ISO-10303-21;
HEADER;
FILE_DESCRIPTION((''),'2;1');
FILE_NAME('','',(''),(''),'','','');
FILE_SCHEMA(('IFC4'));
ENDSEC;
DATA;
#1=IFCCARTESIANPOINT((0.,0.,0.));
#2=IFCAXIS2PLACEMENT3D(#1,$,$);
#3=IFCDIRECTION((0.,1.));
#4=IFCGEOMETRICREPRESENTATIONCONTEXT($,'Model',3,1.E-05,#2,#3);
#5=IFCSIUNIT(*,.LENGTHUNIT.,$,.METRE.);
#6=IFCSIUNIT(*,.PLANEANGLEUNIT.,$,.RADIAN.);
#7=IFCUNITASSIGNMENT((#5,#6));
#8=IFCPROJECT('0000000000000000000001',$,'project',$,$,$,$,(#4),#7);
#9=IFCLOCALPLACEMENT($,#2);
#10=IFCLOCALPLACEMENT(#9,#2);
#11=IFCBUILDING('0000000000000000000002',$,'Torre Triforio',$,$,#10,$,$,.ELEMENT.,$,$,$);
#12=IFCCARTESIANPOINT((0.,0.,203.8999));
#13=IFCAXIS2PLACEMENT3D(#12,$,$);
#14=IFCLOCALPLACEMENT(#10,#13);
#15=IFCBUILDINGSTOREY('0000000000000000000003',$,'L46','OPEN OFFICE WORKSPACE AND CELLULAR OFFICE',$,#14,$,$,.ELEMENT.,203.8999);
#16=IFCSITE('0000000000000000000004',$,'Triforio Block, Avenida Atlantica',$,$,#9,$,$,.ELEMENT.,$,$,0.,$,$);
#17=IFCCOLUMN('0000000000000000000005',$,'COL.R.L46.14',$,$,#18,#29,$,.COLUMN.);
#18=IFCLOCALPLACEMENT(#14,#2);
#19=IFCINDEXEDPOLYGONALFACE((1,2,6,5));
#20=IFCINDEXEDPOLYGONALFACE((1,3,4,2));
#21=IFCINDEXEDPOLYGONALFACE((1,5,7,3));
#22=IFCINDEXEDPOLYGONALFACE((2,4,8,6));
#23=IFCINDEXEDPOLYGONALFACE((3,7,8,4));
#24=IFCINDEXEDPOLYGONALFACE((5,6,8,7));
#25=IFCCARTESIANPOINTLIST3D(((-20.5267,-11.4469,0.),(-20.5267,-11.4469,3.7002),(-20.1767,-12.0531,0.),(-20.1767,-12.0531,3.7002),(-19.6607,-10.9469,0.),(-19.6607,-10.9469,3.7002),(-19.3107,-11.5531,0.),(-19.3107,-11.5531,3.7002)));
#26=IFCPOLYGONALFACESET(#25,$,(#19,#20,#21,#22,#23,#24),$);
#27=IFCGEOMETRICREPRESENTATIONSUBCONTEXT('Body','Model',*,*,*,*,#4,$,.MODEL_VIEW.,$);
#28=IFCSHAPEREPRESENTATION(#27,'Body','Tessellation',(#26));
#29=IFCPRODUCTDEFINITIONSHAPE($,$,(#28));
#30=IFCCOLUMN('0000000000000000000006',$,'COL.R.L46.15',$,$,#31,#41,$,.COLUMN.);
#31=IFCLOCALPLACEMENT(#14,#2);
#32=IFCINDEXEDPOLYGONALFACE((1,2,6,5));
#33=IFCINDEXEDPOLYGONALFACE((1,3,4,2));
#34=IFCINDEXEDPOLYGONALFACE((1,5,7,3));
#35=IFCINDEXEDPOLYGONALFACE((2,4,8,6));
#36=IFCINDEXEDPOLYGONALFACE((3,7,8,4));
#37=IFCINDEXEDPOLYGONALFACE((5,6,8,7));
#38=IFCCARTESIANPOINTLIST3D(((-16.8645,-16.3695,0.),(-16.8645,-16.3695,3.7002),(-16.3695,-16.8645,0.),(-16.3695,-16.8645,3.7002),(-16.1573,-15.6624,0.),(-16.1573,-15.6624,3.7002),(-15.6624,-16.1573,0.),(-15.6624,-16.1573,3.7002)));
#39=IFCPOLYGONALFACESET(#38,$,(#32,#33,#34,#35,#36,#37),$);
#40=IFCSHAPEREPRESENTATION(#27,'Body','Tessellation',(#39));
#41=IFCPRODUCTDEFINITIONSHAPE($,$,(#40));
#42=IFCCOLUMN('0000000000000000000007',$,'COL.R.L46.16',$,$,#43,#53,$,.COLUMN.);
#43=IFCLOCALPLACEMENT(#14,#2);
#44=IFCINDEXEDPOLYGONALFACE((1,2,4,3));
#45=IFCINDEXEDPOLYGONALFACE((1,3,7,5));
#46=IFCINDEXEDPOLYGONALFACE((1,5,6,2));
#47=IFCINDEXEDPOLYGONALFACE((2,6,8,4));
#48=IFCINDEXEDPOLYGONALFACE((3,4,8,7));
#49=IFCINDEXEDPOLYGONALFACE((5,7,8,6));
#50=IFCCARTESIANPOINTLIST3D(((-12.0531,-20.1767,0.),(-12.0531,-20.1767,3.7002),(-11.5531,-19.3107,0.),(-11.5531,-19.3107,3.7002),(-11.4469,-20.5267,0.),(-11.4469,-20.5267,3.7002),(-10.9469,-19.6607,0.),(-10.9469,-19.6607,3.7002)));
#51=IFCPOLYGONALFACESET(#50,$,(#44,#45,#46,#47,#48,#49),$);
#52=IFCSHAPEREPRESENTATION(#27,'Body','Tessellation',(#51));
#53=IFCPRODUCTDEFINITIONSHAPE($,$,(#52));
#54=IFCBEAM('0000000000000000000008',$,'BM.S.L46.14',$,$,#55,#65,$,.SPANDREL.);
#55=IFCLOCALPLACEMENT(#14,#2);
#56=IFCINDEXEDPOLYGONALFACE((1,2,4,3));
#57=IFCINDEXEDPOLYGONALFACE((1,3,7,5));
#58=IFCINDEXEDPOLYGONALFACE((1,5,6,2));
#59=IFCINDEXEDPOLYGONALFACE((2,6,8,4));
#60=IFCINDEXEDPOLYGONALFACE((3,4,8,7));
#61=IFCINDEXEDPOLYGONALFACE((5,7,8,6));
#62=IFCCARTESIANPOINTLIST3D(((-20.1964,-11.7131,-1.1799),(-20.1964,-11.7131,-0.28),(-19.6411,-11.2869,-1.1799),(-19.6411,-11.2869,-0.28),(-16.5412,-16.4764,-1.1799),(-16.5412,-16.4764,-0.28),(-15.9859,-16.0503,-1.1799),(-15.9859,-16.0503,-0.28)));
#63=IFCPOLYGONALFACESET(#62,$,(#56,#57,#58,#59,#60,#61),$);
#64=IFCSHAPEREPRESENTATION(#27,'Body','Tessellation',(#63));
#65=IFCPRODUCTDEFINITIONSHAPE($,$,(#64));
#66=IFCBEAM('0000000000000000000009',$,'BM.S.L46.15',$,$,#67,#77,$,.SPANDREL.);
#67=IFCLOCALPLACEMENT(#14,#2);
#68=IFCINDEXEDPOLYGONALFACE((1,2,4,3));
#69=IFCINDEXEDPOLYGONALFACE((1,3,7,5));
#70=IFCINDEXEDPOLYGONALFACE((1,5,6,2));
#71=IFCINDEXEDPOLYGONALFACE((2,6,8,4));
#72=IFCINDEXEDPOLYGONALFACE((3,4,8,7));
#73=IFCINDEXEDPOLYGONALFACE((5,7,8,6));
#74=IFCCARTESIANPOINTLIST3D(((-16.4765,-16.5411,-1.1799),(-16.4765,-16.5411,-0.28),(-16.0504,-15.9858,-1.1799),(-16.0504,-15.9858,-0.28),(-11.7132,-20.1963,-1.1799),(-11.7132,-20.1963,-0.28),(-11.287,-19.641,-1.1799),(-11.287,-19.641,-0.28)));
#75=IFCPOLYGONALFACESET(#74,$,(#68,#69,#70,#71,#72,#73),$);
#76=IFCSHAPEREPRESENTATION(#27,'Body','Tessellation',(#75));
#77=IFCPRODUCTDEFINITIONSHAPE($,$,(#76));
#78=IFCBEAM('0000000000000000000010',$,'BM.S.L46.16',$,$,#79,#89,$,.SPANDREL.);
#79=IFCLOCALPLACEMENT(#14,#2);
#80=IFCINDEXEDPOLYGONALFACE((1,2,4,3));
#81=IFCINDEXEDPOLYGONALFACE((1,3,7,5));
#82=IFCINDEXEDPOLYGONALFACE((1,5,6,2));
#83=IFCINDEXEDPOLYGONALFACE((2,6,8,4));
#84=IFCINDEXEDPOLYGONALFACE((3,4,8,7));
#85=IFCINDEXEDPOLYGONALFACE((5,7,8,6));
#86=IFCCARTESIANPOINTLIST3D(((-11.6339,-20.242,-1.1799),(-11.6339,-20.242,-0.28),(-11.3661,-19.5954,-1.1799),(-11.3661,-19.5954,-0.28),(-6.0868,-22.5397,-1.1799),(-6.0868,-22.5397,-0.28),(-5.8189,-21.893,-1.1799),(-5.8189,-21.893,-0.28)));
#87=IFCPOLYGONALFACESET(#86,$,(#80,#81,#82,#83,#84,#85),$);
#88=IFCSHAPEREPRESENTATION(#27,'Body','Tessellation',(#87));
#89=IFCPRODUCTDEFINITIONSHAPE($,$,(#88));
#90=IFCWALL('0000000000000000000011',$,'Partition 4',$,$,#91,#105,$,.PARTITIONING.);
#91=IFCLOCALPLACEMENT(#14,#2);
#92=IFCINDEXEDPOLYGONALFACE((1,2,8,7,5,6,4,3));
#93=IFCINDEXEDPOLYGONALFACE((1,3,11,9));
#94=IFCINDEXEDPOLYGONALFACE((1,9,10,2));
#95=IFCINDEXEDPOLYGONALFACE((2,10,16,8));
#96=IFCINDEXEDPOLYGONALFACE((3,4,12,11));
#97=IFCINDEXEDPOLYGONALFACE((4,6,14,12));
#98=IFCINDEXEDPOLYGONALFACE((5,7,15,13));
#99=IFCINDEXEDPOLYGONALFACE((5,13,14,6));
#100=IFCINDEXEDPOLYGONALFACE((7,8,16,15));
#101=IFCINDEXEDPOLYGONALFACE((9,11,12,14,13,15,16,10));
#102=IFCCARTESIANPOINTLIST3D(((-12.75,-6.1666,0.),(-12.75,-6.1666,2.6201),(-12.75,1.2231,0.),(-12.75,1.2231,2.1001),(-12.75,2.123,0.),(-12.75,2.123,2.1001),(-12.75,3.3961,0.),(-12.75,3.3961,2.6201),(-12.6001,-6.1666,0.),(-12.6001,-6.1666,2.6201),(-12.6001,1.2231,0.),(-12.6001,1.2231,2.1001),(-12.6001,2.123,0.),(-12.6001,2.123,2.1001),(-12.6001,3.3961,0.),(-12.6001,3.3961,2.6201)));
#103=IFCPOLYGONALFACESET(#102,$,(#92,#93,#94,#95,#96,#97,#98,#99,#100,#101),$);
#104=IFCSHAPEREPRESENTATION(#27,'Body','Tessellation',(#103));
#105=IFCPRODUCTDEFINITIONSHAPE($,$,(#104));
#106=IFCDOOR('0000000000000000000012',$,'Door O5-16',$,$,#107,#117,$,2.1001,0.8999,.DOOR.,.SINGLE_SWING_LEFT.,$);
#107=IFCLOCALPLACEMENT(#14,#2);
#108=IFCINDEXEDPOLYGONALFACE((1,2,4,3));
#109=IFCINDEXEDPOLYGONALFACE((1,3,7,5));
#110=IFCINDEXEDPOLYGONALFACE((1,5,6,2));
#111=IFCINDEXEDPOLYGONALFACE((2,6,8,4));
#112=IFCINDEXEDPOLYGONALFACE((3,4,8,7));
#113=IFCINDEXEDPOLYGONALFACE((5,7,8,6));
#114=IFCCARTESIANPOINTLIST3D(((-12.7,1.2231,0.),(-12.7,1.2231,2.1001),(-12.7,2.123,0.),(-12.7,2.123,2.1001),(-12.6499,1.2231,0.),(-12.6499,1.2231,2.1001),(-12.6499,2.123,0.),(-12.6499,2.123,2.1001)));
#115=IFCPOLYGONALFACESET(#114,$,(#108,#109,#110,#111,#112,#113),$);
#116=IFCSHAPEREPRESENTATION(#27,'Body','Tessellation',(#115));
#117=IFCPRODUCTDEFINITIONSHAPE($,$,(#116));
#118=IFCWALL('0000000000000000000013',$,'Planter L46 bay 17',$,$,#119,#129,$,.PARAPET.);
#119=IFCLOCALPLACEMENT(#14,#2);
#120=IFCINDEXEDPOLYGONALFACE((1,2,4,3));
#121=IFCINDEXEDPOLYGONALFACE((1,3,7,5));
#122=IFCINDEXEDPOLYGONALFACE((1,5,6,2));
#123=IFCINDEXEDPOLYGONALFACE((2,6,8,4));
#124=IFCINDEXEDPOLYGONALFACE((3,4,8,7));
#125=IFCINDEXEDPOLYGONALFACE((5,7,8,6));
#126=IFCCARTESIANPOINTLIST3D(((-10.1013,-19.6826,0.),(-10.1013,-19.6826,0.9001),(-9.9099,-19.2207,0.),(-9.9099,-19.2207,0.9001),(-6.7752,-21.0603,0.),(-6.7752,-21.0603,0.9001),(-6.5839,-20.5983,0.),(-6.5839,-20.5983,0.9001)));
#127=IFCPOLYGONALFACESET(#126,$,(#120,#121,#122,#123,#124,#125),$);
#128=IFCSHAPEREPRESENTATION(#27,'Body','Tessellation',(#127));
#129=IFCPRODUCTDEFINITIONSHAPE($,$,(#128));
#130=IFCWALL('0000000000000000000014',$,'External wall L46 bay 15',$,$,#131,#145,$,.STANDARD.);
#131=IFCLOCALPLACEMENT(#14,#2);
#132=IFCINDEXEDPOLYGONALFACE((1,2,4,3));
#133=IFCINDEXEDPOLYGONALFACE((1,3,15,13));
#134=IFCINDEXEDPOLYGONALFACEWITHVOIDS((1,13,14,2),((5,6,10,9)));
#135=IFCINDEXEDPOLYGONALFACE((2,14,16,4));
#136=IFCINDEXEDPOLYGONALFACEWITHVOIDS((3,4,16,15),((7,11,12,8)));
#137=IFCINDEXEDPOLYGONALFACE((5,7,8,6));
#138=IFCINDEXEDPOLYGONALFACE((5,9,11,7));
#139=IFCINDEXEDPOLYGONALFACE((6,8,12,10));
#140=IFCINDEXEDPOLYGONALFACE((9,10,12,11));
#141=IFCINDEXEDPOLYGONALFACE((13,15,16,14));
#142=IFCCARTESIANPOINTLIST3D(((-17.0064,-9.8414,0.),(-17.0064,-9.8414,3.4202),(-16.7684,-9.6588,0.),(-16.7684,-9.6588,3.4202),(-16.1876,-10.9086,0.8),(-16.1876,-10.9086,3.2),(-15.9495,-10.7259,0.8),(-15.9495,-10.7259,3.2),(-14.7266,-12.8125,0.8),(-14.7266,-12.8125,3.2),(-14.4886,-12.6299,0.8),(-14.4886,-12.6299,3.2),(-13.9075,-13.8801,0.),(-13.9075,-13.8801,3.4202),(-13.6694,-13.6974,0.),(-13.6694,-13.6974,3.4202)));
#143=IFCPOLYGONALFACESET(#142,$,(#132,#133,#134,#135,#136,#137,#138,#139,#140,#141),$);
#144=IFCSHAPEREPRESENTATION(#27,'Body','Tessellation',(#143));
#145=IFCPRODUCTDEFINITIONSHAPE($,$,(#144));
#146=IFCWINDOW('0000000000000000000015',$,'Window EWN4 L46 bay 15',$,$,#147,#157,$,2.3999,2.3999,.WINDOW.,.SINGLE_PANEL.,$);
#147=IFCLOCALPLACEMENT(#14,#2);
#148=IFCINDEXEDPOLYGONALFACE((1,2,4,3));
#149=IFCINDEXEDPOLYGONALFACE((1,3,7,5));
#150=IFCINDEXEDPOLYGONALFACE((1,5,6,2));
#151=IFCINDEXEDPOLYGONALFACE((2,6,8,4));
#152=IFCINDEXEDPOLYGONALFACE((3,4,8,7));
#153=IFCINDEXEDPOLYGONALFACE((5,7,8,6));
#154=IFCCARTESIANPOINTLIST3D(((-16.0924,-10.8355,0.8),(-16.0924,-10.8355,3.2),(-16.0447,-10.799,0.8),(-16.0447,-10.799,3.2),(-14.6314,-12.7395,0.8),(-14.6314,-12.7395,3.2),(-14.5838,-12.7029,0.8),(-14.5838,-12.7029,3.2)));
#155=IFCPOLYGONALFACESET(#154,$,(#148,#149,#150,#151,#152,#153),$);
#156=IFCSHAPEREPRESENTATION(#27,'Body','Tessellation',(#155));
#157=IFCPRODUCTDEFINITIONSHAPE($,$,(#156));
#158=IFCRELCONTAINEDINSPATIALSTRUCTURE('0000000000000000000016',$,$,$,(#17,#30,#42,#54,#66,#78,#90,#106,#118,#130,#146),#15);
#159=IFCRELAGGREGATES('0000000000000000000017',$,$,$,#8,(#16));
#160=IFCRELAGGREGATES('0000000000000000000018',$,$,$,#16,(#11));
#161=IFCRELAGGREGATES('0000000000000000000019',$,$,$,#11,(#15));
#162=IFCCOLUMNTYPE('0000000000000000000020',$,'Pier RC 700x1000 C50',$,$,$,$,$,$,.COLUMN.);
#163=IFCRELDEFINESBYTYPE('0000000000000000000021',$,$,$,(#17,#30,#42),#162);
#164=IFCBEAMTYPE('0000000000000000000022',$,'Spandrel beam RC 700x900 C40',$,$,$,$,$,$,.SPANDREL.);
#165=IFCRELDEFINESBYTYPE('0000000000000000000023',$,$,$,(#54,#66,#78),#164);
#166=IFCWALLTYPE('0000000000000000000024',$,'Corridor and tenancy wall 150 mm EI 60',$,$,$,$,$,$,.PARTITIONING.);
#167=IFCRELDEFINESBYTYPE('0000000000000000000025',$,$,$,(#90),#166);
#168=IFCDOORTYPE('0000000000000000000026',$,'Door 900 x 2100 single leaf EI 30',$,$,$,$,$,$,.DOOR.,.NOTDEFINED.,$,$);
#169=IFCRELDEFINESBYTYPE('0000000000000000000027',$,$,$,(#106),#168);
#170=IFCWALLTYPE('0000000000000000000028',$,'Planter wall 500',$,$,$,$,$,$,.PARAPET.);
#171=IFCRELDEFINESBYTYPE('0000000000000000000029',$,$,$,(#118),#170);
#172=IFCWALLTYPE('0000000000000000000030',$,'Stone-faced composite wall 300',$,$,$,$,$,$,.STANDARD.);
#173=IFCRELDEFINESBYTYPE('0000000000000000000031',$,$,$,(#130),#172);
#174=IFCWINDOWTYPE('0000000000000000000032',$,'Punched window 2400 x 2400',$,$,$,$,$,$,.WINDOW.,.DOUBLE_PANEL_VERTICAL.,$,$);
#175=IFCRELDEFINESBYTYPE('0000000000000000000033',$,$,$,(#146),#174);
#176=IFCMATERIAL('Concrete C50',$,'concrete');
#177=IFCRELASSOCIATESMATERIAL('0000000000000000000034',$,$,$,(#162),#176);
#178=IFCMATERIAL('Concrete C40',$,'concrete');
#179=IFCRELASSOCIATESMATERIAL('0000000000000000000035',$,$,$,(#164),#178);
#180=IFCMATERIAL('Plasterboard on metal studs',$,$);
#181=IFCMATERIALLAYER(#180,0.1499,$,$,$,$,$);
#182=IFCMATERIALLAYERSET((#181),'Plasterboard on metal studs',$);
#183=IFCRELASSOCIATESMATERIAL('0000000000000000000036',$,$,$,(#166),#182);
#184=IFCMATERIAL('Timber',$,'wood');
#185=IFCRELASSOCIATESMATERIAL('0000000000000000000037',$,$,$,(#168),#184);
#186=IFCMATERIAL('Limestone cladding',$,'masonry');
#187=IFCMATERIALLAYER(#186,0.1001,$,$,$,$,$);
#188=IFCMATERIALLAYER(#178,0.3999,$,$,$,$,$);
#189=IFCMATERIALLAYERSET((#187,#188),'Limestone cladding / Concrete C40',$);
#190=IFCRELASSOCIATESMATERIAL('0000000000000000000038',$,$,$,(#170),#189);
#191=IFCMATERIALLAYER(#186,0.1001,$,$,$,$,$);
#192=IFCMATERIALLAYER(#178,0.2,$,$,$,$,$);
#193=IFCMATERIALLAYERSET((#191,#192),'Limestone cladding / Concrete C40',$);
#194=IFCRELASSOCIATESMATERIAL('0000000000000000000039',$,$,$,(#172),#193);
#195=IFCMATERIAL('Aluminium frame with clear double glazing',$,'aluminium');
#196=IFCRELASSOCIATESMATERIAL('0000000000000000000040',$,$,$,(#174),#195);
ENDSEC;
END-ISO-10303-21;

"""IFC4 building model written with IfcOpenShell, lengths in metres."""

from ifc_helpers import new_model, si_unit, direction, frame, frame_2d, origin, origin_2d, place, context, subcontext, project, spatial, rectangle, extrude, material, layer, layer_set, material_profile, profile_set, type_object, element, fill, save


model = new_model("IFC4")

# Units and contexts
model_context = context("Model", 3, precision=1e-05, world=origin(), true_north=direction((0.0, 1.0)))
body_context = subcontext(model_context, "Body", "Model", "MODEL_VIEW")
ifc_project = project(units=[si_unit("LENGTHUNIT", "METRE"), si_unit("PLANEANGLEUNIT", "RADIAN")], contexts=[model_context])

# Site, building, storey
site_placement = place(None, origin())
site = spatial("IfcSite", under=ifc_project, at=site_placement, Name="Triforio Block, Avenida Atlantica", CompositionType="ELEMENT", RefElevation=0.0)
building_placement = place(site_placement, origin())
building = spatial("IfcBuilding", under=site, at=building_placement, Name="Torre Triforio", CompositionType="ELEMENT")
storey_placement = place(building_placement, frame((0.0, 0.0, 203.8999)))
storey = spatial("IfcBuildingStorey", under=building, at=storey_placement, Name="L46", Description="OPEN OFFICE WORKSPACE AND CELLULAR OFFICE", CompositionType="ELEMENT", Elevation=203.8999)

# Columns
ifc_material_1 = material(Name="Concrete C50", Category="concrete")
ifc_material_profile_1 = material_profile(ifc_material_1, rectangle(XDim=0.7, YDim=1.0, at=origin_2d()), Name="RC 700x1000")
ifc_profile_set_1 = profile_set([ifc_material_profile_1], Name="Concrete C50")
column_type = type_object("IfcColumnType", Name="Pier RC 700x1000 C50", PredefinedType="COLUMN", material=ifc_profile_set_1)
for number, where, z_axis, x_axis, name in (
    (1, (-19.9187, -11.5, 0.0), (0.0, 0.0, 1.0), (0.5, -0.866025, 0.0), "COL.R.L46.14"),
    (2, (-16.2634, -16.2634, 0.0), (0.0, 0.0, 1.0), (0.707107, -0.707107, 0.0), "COL.R.L46.15"),
    (3, (-11.5, -19.9187, 0.0), (0.0, 0.0, 1.0), (0.866025, -0.5, 0.0), "COL.R.L46.16"),
):
    element("IfcColumn", number, at=place(storey_placement, frame(where, z_axis=z_axis, x_axis=x_axis)), inside=storey, type_object=column_type, Name=name, PredefinedType="COLUMN", context=body_context, shape_type="SweptSolid", body=[
        extrude(rectangle(XDim=0.7, YDim=1.0, at=origin_2d()), origin(), (0.0, 0.0, 1.0), 3.7002),
    ])

# Beams
ifc_material_2 = material(Name="Concrete C40", Category="concrete")
ifc_material_profile_2 = material_profile(ifc_material_2, rectangle(XDim=0.7, YDim=0.8999, at=origin_2d()), Name="RC 700x900")
ifc_profile_set_2 = profile_set([ifc_material_profile_2], Name="Concrete C40")
beam_type = type_object("IfcBeamType", Name="Spandrel beam RC 700x900 C40", PredefinedType="SPANDREL", material=ifc_profile_set_2)
for number, where, z_axis, x_axis, name in (
    (4, (-19.9187, -11.5, -0.73), (0.608779, -0.79334, 0.0), (0.79334, 0.608779, 0.0), "BM.S.L46.14"),
    (5, (-16.2634, -16.2634, -0.73), (0.79334, -0.608779, 0.0), (0.608779, 0.79334, 0.0), "BM.S.L46.15"),
    (6, (-11.5, -19.9187, -0.73), (0.923885, -0.382671, 0.0), (0.382671, 0.923885, 0.0), "BM.S.L46.16"),
):
    element("IfcBeam", number, at=place(storey_placement, frame(where, z_axis=z_axis, x_axis=x_axis)), inside=storey, type_object=beam_type, Name=name, PredefinedType="SPANDREL", context=body_context, shape_type="SweptSolid", body=[
        extrude(rectangle(XDim=0.7, YDim=0.8999, at=origin_2d()), origin(), (0.0, 0.0, 1.0), 6.0042),
    ])

# Wall, opening, door
ifc_material_3 = material(Name="Plasterboard on metal studs")
ifc_layer_1 = layer(ifc_material_3, 0.1499)
ifc_layer_set_1 = layer_set([ifc_layer_1], Name="Plasterboard on metal studs")
wall_type_1 = type_object("IfcWallType", Name="Corridor and tenancy wall 150 mm EI 60", PredefinedType="PARTITIONING", material=ifc_layer_set_1)
wall_1_placement = place(storey_placement, frame((-12.675, -6.1665, 0.0), z_axis=(0.0, 0.0, 1.0), x_axis=(0.0, 1.0, 0.0)))
wall_1 = element("IfcWall", 7, at=wall_1_placement, inside=storey, type_object=wall_type_1, Name="Partition 4", PredefinedType="PARTITIONING", context=body_context, shape_type="SweptSolid", body=[
    extrude(rectangle(XDim=9.5627, YDim=0.1499, at=frame_2d((4.7812, 0.0))), origin(), (0.0, 0.0, 1.0), 2.6201),
])
opening_1_placement = place(wall_1_placement, frame((7.3896, 0.0, 0.0)))
opening_1 = element("IfcOpeningElement", 8, at=opening_1_placement, cuts=wall_1, PredefinedType="OPENING", context=body_context, shape_type="SweptSolid", body=[
    extrude(rectangle(XDim=0.8999, YDim=2.1001, at=frame_2d((0.45, 1.05))), frame((0.0, 0.085, 0.0), z_axis=(0.0, -1.0, 0.0), x_axis=(1.0, 0.0, 0.0)), (0.0, 0.0, 1.0), 0.1699),
])
ifc_material_4 = material(Name="Timber", Category="wood")
door_type_1 = type_object("IfcDoorType", Name="Door 900 x 2100 single leaf EI 30", OperationType="NOTDEFINED", PredefinedType="DOOR", material=ifc_material_4)
door_1_placement = place(opening_1_placement, origin())
door_1 = element("IfcDoor", 9, at=door_1_placement, inside=storey, type_object=door_type_1, Name="Door O5-16", OperationType="SINGLE_SWING_LEFT", OverallHeight=2.1001, OverallWidth=0.8999, PredefinedType="DOOR", context=body_context, shape_type="SweptSolid", body=[
    extrude(rectangle(XDim=0.8999, YDim=2.1001, at=frame_2d((0.45, 1.05))), frame((0.0, 0.0249, 0.0), z_axis=(0.0, -1.0, 0.0), x_axis=(1.0, 0.0, 0.0)), (0.0, 0.0, 1.0), 0.05),
])
fill(opening_1, door_1)

# Wall
ifc_material_5 = material(Name="Limestone cladding", Category="masonry")
ifc_layer_2 = layer(ifc_material_5, 0.1001)
ifc_layer_3 = layer(ifc_material_2, 0.3999)
ifc_layer_set_2 = layer_set([ifc_layer_2, ifc_layer_3], Name="Limestone cladding / Concrete C40")
wall_type_2 = type_object("IfcWallType", Name="Planter wall 500", PredefinedType="PARAPET", material=ifc_layer_set_2)
wall_2_placement = place(storey_placement, frame((-10.0056, -19.4517, 0.0), z_axis=(0.0, 0.0, 1.0), x_axis=(0.923885, -0.382669, 0.0)))
element("IfcWall", 10, at=wall_2_placement, inside=storey, type_object=wall_type_2, Name="Planter L46 bay 17", PredefinedType="PARAPET", context=body_context, shape_type="SweptSolid", body=[
    extrude(rectangle(XDim=3.6001, YDim=0.5, at=frame_2d((1.8, 0.0))), origin(), (0.0, 0.0, 1.0), 0.9001),
])

# Wall, opening, window
ifc_layer_4 = layer(ifc_material_5, 0.1001)
ifc_layer_5 = layer(ifc_material_2, 0.2)
ifc_layer_set_3 = layer_set([ifc_layer_4, ifc_layer_5], Name="Limestone cladding / Concrete C40")
wall_type_3 = type_object("IfcWallType", Name="Stone-faced composite wall 300", PredefinedType="STANDARD", material=ifc_layer_set_3)
wall_3_placement = place(storey_placement, frame((-16.8875, -9.75, 0.0), z_axis=(0.0, 0.0, 1.0), x_axis=(0.608758, -0.793356, 0.0)))
wall_3 = element("IfcWall", 11, at=wall_3_placement, inside=storey, type_object=wall_type_3, Name="External wall L46 bay 15", PredefinedType="STANDARD", context=body_context, shape_type="SweptSolid", body=[
    extrude(rectangle(XDim=5.0906, YDim=0.3, at=frame_2d((2.5454, 0.0))), origin(), (0.0, 0.0, 1.0), 3.4202),
])
opening_2_placement = place(wall_3_placement, frame((1.3452, 0.0, 0.8)))
opening_2 = element("IfcOpeningElement", 12, at=opening_2_placement, cuts=wall_3, PredefinedType="OPENING", context=body_context, shape_type="SweptSolid", body=[
    extrude(rectangle(XDim=2.3999, YDim=2.3999, at=frame_2d((1.2, 1.2))), frame((0.0, 0.1599, 0.0), z_axis=(0.0, -1.0, 0.0), x_axis=(1.0, 0.0, 0.0)), (0.0, 0.0, 1.0), 0.3201),
])
ifc_material_6 = material(Name="Aluminium frame with clear double glazing", Category="aluminium")
window_type_1 = type_object("IfcWindowType", Name="Punched window 2400 x 2400", PartitioningType="DOUBLE_PANEL_VERTICAL", PredefinedType="WINDOW", material=ifc_material_6)
window_1_placement = place(opening_2_placement, origin())
window_1 = element("IfcWindow", 13, at=window_1_placement, inside=storey, type_object=window_type_1, Name="Window EWN4 L46 bay 15", OverallHeight=2.3999, OverallWidth=2.3999, PartitioningType="SINGLE_PANEL", PredefinedType="WINDOW", context=body_context, shape_type="SweptSolid", body=[
    extrude(rectangle(XDim=2.3999, YDim=2.3999, at=frame_2d((1.2, 1.2))), frame((0.0, 0.03, 0.0), z_axis=(0.0, -1.0, 0.0), x_axis=(1.0, 0.0, 0.0)), (0.0, 0.0, 1.0), 0.0601),
])
fill(opening_2, window_1)

save(model, "model.ifc")
